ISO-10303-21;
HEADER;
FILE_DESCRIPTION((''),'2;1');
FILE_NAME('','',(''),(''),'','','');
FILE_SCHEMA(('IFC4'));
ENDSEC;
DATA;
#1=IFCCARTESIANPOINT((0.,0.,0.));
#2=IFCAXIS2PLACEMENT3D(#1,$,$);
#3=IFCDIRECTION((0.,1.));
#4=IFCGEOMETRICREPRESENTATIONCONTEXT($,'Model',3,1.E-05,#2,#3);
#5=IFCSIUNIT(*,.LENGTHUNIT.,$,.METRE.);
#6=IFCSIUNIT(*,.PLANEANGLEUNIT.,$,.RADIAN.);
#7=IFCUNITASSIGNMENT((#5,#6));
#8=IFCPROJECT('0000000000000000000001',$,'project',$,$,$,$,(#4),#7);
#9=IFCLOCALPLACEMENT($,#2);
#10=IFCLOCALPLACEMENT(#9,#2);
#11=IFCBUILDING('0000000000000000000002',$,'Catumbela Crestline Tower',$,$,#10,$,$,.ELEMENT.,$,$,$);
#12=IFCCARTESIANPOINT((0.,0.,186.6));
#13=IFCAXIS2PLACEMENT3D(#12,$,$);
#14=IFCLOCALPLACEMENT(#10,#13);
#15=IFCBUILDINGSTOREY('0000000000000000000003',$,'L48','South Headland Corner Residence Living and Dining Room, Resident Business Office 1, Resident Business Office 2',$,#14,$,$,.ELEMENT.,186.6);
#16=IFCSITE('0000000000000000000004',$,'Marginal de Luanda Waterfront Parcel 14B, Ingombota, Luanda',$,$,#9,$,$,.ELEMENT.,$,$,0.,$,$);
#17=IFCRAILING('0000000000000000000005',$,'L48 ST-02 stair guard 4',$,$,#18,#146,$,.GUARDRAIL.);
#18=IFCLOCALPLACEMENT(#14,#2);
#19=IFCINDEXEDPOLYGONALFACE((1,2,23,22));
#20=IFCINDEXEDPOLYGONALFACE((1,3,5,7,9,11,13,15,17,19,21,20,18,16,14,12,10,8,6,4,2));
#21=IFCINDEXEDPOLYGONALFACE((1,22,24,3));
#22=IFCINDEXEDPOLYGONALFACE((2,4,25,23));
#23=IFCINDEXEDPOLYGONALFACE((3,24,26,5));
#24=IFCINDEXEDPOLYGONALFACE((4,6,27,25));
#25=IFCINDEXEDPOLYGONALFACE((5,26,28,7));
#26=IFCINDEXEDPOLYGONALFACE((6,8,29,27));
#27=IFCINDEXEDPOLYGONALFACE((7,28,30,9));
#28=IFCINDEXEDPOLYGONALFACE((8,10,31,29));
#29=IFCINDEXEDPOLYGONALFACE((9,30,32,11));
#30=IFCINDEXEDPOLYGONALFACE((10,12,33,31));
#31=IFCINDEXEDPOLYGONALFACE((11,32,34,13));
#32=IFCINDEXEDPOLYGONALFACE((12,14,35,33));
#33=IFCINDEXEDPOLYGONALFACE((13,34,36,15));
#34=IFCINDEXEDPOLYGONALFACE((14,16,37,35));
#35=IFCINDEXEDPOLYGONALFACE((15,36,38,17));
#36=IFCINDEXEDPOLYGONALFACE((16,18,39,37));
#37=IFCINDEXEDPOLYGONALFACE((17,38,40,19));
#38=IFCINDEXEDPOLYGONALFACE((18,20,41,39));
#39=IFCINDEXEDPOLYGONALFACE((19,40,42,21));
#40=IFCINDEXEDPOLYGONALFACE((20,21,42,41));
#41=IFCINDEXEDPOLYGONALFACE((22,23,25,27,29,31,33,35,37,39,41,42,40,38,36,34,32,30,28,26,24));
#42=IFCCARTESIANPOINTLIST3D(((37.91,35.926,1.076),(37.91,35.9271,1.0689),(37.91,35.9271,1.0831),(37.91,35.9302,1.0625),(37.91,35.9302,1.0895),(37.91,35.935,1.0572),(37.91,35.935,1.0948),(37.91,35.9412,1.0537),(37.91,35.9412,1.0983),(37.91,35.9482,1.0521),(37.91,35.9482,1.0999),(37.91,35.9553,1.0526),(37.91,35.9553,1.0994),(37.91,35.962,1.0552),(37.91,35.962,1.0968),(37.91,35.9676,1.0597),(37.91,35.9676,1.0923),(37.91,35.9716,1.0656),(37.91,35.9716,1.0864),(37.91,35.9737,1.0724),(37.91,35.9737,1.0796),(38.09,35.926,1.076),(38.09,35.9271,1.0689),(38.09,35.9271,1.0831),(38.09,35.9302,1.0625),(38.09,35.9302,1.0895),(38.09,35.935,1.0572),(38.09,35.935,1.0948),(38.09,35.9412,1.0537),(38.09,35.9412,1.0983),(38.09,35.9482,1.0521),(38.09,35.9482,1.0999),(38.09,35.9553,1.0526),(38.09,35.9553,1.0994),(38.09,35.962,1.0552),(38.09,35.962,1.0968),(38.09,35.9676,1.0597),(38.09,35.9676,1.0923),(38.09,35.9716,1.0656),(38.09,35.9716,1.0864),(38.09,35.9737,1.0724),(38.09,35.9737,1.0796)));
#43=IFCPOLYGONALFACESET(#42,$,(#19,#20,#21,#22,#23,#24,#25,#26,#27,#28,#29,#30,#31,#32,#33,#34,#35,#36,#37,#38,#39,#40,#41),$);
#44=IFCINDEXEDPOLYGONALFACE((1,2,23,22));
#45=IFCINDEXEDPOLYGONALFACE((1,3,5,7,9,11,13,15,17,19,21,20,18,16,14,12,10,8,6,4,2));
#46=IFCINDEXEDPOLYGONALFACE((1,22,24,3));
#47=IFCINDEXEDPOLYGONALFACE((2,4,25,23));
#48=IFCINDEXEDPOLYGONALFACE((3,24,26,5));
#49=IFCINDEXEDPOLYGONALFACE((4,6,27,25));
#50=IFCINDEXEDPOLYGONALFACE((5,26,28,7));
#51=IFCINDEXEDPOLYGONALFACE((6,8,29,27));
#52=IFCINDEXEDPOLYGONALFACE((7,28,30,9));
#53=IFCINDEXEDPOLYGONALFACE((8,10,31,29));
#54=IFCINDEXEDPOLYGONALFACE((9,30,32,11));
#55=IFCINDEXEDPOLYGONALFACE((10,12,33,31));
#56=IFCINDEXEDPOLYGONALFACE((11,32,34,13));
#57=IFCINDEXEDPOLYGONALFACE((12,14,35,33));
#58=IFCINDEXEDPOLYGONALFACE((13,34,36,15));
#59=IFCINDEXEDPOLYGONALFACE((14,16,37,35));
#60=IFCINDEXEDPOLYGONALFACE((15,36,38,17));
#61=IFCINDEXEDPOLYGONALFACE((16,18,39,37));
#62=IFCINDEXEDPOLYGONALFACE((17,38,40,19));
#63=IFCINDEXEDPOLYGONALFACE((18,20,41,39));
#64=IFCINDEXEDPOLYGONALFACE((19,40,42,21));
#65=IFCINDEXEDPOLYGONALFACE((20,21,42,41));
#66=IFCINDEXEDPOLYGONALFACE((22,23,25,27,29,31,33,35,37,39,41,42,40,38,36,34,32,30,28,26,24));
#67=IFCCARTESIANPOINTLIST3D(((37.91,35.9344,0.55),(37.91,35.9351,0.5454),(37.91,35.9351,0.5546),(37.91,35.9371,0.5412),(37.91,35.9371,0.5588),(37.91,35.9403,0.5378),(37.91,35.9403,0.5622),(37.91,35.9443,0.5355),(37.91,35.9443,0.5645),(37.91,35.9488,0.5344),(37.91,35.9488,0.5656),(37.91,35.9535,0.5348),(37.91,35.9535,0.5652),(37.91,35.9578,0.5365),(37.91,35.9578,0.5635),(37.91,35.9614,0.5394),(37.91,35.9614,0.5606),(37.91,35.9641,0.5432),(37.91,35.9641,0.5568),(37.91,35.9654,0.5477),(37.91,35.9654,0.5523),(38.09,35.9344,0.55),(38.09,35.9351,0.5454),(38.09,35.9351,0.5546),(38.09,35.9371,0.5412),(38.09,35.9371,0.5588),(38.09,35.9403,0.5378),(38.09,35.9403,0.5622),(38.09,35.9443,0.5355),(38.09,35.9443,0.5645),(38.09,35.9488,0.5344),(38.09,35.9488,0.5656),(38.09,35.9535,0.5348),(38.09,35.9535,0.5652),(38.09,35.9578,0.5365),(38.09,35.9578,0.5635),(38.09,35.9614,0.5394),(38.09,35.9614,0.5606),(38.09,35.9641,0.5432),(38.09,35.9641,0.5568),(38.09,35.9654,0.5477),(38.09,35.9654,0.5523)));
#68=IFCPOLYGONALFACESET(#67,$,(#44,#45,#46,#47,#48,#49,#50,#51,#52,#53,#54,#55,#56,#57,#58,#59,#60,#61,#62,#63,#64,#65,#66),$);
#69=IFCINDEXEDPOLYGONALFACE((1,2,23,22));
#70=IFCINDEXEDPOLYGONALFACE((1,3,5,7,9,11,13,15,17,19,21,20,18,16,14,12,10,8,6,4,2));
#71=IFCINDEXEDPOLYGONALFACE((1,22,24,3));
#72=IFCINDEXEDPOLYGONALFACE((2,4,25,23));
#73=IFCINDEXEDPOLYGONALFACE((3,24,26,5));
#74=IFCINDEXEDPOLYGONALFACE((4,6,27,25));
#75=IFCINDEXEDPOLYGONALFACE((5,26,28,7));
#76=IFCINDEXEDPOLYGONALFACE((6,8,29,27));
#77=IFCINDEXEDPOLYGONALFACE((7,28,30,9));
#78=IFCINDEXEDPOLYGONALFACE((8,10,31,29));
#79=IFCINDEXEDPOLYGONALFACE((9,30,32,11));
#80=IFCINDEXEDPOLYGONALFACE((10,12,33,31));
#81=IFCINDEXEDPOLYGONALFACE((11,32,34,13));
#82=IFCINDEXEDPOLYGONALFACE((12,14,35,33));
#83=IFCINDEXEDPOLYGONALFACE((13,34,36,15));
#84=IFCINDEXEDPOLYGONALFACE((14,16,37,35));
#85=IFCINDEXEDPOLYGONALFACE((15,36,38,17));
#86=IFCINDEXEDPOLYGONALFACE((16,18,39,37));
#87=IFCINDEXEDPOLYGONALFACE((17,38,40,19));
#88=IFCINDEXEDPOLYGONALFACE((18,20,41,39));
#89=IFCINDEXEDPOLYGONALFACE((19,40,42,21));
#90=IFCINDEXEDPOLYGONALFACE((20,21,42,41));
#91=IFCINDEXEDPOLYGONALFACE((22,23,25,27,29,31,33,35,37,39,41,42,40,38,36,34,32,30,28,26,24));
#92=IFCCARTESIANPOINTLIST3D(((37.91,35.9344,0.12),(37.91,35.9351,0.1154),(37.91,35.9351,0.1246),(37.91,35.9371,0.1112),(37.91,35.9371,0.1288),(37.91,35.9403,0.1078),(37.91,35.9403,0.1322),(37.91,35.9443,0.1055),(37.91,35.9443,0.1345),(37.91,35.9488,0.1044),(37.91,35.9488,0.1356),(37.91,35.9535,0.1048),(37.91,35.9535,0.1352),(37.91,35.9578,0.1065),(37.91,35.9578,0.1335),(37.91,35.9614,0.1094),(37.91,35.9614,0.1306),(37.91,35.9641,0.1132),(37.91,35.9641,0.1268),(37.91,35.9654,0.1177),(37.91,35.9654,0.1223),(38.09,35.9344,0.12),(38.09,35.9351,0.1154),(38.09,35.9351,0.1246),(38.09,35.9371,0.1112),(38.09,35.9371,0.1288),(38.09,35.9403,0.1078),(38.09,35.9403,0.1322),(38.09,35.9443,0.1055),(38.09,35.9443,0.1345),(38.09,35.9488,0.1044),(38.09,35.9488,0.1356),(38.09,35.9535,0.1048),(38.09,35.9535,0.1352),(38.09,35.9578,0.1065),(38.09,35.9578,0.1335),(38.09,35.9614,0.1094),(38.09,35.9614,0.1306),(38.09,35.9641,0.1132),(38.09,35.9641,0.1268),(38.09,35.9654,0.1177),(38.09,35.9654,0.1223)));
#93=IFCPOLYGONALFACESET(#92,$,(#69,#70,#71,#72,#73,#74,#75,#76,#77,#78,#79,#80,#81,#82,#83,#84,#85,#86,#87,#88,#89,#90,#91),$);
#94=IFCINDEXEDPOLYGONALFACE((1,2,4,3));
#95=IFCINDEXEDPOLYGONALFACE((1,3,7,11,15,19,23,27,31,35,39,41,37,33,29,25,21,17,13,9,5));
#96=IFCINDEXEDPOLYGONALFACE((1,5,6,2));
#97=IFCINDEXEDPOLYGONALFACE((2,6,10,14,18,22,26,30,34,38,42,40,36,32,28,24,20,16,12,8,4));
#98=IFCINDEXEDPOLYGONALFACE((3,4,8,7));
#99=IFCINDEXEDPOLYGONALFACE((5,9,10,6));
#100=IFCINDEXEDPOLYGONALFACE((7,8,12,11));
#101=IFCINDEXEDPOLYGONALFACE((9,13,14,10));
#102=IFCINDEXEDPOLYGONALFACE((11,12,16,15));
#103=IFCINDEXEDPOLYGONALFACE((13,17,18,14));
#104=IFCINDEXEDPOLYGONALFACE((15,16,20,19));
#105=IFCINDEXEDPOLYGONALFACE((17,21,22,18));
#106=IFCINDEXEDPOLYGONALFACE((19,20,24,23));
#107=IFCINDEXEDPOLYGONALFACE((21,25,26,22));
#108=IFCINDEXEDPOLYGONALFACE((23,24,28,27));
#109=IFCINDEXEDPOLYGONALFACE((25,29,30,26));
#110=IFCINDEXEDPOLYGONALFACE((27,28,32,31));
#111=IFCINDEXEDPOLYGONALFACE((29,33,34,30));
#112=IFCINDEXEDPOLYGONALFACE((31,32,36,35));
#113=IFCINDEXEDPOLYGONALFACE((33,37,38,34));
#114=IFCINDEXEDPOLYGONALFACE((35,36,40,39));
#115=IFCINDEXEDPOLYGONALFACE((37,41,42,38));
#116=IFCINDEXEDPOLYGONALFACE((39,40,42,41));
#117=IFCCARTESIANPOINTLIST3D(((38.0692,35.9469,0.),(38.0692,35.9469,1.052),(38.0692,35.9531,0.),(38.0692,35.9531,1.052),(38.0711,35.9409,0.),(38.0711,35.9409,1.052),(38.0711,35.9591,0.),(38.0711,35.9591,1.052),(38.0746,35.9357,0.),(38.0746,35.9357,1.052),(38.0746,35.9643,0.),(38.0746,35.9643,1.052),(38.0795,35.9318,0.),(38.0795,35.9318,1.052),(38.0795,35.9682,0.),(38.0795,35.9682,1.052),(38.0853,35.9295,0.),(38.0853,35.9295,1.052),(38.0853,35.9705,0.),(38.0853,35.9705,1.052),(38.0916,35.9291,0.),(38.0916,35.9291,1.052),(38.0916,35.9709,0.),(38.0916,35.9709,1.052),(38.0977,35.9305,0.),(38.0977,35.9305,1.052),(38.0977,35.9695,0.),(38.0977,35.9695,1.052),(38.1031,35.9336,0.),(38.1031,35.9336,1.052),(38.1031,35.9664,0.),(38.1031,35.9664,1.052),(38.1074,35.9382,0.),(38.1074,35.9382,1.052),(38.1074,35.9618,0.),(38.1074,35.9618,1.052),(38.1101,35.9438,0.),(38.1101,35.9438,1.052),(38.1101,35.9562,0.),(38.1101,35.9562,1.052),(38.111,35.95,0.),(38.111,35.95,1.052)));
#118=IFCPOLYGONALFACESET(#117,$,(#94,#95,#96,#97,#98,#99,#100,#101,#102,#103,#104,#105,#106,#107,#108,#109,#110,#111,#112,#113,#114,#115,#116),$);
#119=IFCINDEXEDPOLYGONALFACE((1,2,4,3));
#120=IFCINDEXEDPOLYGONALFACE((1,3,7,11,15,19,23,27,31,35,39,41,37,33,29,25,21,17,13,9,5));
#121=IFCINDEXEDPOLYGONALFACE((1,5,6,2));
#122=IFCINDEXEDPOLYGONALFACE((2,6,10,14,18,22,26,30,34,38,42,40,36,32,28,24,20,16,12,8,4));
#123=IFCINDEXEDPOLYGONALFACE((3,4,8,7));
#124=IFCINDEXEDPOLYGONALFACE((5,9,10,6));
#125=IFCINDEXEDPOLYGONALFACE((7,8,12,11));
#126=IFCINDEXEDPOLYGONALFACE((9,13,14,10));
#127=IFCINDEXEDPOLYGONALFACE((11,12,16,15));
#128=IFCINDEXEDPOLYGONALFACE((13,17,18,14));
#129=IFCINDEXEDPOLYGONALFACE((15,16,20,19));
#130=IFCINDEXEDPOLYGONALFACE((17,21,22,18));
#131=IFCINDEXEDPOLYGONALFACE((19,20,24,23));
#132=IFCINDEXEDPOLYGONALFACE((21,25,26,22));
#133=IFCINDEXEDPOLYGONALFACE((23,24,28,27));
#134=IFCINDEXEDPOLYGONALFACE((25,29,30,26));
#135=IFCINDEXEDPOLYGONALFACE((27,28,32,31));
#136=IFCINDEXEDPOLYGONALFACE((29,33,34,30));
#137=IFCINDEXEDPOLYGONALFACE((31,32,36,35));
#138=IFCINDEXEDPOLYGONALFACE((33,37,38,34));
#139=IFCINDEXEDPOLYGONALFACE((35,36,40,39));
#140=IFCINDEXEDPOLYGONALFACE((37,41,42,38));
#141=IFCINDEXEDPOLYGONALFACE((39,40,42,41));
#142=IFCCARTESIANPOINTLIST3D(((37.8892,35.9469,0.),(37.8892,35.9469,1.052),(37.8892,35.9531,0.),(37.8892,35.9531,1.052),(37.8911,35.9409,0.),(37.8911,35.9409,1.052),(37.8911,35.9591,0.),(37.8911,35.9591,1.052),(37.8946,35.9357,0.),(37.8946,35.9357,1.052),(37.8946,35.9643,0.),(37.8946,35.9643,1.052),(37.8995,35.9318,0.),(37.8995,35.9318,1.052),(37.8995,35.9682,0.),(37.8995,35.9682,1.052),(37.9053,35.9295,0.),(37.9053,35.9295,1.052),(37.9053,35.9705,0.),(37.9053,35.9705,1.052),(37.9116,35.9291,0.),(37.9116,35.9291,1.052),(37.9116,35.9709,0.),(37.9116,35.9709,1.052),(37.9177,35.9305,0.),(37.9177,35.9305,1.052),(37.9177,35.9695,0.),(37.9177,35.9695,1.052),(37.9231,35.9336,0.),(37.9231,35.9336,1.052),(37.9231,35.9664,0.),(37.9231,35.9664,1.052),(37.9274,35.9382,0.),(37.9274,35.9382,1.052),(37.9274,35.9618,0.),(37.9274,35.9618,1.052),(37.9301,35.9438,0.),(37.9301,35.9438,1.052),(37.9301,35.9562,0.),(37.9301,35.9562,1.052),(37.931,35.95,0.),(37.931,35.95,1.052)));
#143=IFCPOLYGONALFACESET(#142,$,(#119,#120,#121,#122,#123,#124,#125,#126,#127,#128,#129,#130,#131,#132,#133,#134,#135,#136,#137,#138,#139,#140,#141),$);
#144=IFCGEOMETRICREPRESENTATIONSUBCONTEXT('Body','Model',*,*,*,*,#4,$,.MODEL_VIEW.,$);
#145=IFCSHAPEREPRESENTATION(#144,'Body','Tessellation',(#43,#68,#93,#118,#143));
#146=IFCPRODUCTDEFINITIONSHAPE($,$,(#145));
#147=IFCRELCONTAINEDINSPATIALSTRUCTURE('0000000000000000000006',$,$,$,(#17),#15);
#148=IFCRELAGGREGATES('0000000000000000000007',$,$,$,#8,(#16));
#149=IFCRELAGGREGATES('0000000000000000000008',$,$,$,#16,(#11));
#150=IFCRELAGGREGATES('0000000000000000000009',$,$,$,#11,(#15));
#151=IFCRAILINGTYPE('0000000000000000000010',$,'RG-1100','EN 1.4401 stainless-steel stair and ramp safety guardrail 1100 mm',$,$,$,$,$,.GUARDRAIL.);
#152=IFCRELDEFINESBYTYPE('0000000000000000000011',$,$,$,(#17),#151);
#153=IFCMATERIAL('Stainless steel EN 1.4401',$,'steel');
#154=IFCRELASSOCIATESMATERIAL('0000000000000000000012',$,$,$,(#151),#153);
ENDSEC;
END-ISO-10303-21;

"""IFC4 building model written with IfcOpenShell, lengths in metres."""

from ifc_helpers import new_model, si_unit, direction, frame, origin, origin_2d, place, context, subcontext, project, spatial, circle, extrude, material, type_object, element, save


model = new_model("IFC4")

# Units and contexts
model_context = context("Model", 3, precision=1e-05, world=origin(), true_north=direction((0.0, 1.0)))
body_context = subcontext(model_context, "Body", "Model", "MODEL_VIEW")
ifc_project = project(units=[si_unit("LENGTHUNIT", "METRE"), si_unit("PLANEANGLEUNIT", "RADIAN")], contexts=[model_context])

# Site, building, storey
site_placement = place(None, origin())
site = spatial("IfcSite", under=ifc_project, at=site_placement, Name="Marginal de Luanda Waterfront Parcel 14B, Ingombota, Luanda", CompositionType="ELEMENT", RefElevation=0.0)
building_placement = place(site_placement, origin())
building = spatial("IfcBuilding", under=site, at=building_placement, Name="Catumbela Crestline Tower", CompositionType="ELEMENT")
storey_placement = place(building_placement, frame((0.0, 0.0, 186.6)))
storey = spatial("IfcBuildingStorey", under=building, at=storey_placement, Name="L48", Description="South Headland Corner Residence Living and Dining Room, Resident Business Office 1, Resident Business Office 2", CompositionType="ELEMENT", Elevation=186.6)

# Shared definitions
ifc_material_1 = material(Name="Stainless steel EN 1.4401", Category="steel")

# Railing
railing_type_1 = type_object("IfcRailingType", Name="RG-1100", Description="EN 1.4401 stainless-steel stair and ramp safety guardrail 1100 mm", PredefinedType="GUARDRAIL", material=ifc_material_1)
railing_1_placement = place(storey_placement, frame((38.09, 35.95, 0.0)))
element("IfcRailing", 1, at=railing_1_placement, inside=storey, type_object=railing_type_1, Name="L48 ST-02 stair guard 4", PredefinedType="GUARDRAIL", context=body_context, shape_type="SweptSolid", body=[
    extrude(circle(Radius=0.024, at=origin_2d()), frame((0.0, 0.0, 1.076), z_axis=(-1.0, 0.0, 0.0), x_axis=(0.0, -1.0, 0.0)), (0.0, 0.0, 1.0), 0.18),
    extrude(circle(Radius=0.0156, at=origin_2d()), frame((0.0, 0.0, 0.55), z_axis=(-1.0, 0.0, 0.0), x_axis=(0.0, -1.0, 0.0)), (0.0, 0.0, 1.0), 0.18),
    extrude(circle(Radius=0.0156, at=origin_2d()), frame((0.0, 0.0, 0.12), z_axis=(-1.0, 0.0, 0.0), x_axis=(0.0, -1.0, 0.0)), (0.0, 0.0, 1.0), 0.18),
    extrude(circle(Radius=0.021, at=origin_2d()), origin(), (0.0, 0.0, 1.0), 1.052),
    extrude(circle(Radius=0.021, at=origin_2d()), frame((-0.18, 0.0, 0.0)), (0.0, 0.0, 1.0), 1.052),
])

save(model, "model.ifc")
